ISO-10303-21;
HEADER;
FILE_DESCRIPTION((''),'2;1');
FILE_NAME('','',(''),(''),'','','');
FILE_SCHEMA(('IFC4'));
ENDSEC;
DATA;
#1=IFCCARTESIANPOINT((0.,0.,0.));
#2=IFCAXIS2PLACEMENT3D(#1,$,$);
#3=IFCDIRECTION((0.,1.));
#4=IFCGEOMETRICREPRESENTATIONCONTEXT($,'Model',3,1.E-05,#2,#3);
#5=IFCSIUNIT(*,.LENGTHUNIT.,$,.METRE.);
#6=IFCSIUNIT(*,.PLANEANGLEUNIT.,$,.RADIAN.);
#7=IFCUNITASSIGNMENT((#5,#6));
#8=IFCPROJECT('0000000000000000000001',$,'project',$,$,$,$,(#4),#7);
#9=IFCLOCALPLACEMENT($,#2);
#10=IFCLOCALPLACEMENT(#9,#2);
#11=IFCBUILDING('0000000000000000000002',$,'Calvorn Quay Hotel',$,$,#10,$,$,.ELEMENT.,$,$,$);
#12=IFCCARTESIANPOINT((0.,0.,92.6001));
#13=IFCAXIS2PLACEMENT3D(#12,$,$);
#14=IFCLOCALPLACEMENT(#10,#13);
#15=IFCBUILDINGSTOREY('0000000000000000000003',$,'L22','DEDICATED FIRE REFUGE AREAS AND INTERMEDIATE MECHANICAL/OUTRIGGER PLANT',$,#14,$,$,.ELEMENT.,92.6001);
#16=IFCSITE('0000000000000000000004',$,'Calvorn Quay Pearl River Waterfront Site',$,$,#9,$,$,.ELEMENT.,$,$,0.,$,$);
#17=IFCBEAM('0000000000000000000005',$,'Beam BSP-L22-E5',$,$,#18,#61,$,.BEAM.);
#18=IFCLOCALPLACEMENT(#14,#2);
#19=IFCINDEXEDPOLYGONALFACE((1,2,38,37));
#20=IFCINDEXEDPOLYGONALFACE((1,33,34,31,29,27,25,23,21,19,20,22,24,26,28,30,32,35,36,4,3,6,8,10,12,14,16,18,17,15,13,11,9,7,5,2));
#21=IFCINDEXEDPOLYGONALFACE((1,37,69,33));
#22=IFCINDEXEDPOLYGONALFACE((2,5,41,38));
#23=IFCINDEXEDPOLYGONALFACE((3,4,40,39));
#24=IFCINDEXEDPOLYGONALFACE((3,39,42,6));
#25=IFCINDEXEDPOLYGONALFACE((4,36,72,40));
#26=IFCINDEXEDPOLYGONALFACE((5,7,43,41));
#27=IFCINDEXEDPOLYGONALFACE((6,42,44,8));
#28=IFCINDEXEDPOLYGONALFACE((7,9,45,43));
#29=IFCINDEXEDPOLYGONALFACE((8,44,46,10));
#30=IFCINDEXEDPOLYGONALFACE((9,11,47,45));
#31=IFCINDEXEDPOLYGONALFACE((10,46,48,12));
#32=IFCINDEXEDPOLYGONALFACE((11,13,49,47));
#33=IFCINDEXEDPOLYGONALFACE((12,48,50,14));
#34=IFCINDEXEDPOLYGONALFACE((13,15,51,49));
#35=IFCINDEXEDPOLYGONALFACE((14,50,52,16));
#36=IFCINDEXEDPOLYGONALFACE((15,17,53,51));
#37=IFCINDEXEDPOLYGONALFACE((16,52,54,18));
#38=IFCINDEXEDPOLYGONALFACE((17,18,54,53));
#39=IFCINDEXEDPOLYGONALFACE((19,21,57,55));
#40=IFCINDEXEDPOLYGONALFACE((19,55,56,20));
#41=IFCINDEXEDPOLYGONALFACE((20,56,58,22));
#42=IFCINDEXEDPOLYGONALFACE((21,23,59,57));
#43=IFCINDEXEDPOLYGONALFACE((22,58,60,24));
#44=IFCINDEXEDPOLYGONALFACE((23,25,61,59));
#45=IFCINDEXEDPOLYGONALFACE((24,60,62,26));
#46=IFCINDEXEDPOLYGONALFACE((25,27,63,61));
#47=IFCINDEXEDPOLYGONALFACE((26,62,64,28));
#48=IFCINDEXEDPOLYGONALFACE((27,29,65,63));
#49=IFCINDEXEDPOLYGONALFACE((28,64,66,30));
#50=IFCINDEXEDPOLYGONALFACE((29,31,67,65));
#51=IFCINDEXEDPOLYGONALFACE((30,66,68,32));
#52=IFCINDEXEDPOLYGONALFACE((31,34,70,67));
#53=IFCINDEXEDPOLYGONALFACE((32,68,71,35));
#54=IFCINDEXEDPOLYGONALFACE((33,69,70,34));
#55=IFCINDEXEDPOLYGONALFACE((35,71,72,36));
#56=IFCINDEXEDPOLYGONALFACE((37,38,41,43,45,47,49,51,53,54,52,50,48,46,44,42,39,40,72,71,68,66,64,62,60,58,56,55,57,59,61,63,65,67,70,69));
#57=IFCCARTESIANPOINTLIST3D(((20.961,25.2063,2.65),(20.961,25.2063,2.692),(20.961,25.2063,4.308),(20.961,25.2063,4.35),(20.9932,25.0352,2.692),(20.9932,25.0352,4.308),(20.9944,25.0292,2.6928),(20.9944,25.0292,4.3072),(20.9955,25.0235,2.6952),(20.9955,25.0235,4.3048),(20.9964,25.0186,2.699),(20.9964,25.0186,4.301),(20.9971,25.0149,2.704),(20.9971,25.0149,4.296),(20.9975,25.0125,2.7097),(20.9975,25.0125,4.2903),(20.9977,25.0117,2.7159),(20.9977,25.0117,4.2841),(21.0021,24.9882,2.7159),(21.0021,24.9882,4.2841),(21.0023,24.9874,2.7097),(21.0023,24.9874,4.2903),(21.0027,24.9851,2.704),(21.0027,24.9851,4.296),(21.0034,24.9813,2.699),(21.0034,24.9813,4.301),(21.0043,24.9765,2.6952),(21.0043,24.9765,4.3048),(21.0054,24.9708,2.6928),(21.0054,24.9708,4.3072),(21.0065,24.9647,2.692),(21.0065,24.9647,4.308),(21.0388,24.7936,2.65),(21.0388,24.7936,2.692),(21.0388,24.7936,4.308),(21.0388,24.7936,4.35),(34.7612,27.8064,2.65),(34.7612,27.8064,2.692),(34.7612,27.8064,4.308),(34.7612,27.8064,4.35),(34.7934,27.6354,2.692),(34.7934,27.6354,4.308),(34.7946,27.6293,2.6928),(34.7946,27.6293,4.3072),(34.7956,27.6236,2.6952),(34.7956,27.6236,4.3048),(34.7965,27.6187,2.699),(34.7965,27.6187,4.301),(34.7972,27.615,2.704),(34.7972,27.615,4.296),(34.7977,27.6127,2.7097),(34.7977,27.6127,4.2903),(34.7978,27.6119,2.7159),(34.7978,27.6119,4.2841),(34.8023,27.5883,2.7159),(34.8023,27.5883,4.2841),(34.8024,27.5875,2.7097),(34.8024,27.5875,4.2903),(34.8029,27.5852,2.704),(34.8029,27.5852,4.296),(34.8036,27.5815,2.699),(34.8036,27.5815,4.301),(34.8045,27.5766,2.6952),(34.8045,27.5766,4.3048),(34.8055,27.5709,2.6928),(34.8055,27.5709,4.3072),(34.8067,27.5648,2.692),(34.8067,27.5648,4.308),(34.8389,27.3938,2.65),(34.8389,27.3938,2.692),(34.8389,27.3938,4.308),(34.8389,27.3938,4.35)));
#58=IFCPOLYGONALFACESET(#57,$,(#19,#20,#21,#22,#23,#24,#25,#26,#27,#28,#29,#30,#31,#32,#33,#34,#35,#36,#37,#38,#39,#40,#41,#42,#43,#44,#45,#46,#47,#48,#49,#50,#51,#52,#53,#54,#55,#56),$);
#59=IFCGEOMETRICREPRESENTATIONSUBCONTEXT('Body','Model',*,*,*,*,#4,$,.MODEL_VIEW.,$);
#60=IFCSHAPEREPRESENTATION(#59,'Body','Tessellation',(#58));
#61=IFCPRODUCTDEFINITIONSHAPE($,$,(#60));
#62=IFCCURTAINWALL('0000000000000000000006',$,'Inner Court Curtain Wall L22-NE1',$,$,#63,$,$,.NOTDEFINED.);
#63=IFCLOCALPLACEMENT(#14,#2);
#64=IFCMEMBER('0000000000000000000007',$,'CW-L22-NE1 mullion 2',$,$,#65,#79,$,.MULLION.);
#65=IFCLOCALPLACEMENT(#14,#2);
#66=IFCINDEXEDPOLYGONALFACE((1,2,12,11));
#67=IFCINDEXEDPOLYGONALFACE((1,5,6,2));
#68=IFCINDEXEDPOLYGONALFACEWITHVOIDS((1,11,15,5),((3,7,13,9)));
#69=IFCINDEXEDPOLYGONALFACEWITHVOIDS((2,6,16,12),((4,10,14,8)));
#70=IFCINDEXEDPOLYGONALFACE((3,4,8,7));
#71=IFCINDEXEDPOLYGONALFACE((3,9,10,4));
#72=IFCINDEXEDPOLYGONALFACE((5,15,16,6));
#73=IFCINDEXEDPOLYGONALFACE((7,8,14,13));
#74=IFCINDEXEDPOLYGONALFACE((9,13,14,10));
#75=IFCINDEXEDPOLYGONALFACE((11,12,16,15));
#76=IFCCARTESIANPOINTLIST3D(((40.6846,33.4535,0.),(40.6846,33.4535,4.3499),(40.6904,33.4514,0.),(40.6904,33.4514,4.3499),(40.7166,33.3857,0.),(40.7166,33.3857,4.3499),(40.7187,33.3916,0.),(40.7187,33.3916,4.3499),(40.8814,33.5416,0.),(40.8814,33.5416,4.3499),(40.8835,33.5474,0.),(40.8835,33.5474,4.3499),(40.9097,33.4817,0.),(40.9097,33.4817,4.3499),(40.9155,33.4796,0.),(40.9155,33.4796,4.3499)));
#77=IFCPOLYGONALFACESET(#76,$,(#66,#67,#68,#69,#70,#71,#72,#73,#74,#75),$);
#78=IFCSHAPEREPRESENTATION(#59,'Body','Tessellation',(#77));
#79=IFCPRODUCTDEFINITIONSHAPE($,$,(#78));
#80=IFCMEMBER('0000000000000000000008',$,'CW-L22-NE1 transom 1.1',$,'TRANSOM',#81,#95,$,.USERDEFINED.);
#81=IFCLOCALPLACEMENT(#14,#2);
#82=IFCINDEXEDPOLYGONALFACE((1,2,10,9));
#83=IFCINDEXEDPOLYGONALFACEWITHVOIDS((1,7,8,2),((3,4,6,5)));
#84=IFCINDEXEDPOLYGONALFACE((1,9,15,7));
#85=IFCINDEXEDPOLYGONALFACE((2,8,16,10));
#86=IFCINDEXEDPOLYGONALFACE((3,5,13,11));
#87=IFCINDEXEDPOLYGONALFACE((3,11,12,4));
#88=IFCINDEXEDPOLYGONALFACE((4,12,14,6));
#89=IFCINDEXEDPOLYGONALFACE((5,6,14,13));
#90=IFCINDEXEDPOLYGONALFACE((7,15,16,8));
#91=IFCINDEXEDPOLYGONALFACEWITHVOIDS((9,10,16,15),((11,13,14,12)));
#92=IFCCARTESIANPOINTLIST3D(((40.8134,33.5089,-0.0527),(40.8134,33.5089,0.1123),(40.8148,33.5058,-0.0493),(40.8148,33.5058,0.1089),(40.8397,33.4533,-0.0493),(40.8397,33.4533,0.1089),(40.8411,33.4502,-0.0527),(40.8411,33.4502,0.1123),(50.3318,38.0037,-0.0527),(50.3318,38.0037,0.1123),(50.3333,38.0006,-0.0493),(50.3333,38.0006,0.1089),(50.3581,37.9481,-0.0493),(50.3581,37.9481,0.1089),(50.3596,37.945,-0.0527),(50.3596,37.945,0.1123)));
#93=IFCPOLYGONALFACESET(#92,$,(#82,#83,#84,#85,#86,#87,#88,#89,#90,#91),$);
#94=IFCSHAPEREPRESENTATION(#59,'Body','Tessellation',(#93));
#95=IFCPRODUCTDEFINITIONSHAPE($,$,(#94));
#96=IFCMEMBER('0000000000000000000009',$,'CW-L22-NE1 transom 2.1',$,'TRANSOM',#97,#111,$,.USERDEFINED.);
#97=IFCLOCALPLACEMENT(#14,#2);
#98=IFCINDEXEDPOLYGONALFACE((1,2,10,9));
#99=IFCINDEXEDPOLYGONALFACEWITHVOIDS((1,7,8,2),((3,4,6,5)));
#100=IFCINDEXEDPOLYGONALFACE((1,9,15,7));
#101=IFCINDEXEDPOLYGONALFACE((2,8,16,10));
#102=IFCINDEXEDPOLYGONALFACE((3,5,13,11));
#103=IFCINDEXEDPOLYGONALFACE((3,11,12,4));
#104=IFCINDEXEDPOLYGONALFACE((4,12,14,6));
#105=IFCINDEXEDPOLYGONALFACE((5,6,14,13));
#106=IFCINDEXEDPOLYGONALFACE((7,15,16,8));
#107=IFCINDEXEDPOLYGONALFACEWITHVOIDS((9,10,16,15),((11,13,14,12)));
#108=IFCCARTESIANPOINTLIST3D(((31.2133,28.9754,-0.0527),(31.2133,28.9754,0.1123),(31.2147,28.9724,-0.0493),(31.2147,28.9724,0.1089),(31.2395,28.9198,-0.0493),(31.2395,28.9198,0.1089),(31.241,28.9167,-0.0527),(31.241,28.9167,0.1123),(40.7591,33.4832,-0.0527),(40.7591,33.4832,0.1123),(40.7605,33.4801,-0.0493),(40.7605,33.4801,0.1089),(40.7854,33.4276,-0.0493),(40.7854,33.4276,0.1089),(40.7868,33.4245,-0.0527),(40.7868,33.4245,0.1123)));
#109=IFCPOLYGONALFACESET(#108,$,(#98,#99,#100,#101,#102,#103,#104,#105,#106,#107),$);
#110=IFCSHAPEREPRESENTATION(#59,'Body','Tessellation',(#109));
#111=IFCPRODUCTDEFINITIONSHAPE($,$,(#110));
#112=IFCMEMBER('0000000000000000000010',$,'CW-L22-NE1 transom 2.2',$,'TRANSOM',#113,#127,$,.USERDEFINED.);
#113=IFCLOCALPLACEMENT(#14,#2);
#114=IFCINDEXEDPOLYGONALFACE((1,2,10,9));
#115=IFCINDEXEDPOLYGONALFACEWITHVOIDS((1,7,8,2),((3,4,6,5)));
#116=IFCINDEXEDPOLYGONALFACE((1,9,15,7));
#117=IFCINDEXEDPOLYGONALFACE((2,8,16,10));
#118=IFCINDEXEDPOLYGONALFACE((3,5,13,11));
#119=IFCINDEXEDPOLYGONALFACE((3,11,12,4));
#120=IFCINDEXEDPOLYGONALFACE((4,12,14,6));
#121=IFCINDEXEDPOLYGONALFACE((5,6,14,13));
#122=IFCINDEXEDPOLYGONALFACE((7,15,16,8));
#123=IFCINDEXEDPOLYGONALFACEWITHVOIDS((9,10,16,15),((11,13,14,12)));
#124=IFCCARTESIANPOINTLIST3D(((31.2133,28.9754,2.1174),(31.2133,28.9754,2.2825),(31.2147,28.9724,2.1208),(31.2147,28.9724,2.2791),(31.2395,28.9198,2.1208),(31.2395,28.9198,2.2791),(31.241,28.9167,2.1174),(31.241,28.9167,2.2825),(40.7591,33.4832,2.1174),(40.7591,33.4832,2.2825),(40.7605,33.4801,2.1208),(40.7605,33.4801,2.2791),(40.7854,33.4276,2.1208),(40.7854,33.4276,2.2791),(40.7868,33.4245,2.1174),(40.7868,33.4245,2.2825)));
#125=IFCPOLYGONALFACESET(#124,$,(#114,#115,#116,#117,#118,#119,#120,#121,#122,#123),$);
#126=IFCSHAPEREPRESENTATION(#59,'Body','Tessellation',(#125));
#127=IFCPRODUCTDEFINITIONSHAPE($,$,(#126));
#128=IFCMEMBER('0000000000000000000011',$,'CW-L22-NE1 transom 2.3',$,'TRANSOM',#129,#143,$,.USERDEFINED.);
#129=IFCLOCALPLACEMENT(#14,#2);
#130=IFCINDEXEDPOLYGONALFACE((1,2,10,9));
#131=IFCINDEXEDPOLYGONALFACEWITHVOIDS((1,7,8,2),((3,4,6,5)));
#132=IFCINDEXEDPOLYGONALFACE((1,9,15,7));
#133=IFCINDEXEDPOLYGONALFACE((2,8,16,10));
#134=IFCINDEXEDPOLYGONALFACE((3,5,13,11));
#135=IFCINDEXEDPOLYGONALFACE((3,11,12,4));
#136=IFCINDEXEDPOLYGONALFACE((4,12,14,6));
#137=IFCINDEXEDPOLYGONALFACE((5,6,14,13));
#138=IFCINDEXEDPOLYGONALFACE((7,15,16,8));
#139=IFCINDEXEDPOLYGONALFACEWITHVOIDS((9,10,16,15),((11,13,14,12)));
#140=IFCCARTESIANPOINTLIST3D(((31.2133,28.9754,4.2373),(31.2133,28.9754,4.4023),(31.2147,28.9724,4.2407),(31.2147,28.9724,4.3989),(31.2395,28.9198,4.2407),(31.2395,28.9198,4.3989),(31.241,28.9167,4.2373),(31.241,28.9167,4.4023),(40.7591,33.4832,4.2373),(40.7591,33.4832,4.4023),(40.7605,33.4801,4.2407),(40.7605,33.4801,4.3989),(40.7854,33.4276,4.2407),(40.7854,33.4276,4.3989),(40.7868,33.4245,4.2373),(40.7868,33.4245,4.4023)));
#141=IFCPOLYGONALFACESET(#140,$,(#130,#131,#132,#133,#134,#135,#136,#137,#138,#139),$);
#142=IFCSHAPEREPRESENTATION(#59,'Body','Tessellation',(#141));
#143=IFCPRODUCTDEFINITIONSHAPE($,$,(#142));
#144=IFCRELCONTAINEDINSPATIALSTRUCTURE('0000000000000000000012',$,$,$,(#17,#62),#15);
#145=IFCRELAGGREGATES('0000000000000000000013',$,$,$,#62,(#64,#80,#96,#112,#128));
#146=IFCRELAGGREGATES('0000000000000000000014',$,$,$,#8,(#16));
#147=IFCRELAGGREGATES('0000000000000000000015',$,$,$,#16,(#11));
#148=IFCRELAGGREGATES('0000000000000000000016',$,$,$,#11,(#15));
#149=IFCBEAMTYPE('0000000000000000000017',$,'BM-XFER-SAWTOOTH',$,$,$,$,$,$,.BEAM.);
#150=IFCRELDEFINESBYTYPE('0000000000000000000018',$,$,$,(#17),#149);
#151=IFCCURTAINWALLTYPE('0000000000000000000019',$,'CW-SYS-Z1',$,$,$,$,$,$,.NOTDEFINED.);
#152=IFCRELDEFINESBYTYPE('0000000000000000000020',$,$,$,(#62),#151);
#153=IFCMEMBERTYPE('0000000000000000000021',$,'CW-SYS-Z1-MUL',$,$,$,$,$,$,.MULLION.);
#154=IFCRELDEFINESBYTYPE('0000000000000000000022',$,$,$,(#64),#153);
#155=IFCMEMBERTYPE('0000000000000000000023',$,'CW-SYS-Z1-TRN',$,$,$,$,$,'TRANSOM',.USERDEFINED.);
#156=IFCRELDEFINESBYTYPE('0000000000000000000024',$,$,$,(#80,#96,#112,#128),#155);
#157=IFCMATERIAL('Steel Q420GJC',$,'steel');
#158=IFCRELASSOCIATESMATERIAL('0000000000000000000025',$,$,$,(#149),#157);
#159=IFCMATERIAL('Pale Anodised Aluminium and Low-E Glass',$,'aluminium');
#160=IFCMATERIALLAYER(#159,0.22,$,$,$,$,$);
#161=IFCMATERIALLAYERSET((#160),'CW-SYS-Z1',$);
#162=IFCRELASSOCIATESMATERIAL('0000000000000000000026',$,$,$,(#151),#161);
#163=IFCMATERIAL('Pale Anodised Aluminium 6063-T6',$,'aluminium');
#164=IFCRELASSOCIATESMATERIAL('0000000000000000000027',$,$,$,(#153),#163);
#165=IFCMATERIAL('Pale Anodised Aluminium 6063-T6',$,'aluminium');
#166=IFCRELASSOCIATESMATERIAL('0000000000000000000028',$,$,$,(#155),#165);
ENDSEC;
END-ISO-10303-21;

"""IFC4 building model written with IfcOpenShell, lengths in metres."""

from ifc_helpers import new_model, si_unit, direction, frame, origin, origin_2d, place, context, subcontext, project, spatial, hollow_rectangle, i_section, extrude, material, layer, layer_set, material_profile, profile_set, type_object, element, aggregate, save


model = new_model("IFC4")

# Units and contexts
model_context = context("Model", 3, precision=1e-05, world=origin(), true_north=direction((0.0, 1.0)))
body_context = subcontext(model_context, "Body", "Model", "MODEL_VIEW")
ifc_project = project(units=[si_unit("LENGTHUNIT", "METRE"), si_unit("PLANEANGLEUNIT", "RADIAN")], contexts=[model_context])

# Site, building, storey
site_placement = place(None, origin())
site = spatial("IfcSite", under=ifc_project, at=site_placement, Name="Calvorn Quay Pearl River Waterfront Site", CompositionType="ELEMENT", RefElevation=0.0)
building_placement = place(site_placement, origin())
building = spatial("IfcBuilding", under=site, at=building_placement, Name="Calvorn Quay Hotel", CompositionType="ELEMENT")
storey_placement = place(building_placement, frame((0.0, 0.0, 92.6001)))
storey = spatial("IfcBuildingStorey", under=building, at=storey_placement, Name="L22", Description="DEDICATED FIRE REFUGE AREAS AND INTERMEDIATE MECHANICAL/OUTRIGGER PLANT", CompositionType="ELEMENT", Elevation=92.6001)

# Beam
ifc_material_1 = material(Name="Steel Q420GJC", Category="steel")
ifc_material_profile_1 = material_profile(ifc_material_1, i_section(OverallWidth=0.4199, OverallDepth=1.7, WebThickness=0.0239, FlangeThickness=0.042, FilletRadius=0.0239, at=origin_2d()), Name="HN1700x420x24x42")
ifc_profile_set_1 = profile_set([ifc_material_profile_1], Name="Steel Q420GJC")
beam_type = type_object("IfcBeamType", Name="BM-XFER-SAWTOOTH", PredefinedType="BEAM", material=ifc_profile_set_1)
beam_1_placement = place(storey_placement, frame((34.8, 27.6001, 3.5), z_axis=(-0.982709, -0.185154, 0.0), x_axis=(0.185154, -0.982709, 0.0)))
element("IfcBeam", 1, at=beam_1_placement, inside=storey, type_object=beam_type, Name="Beam BSP-L22-E5", PredefinedType="BEAM", context=body_context, shape_type="SweptSolid", body=[
    extrude(i_section(OverallWidth=0.4199, OverallDepth=1.7, WebThickness=0.0239, FlangeThickness=0.042, FilletRadius=0.0239, at=origin_2d()), origin(), (0.0, 0.0, 1.0), 14.043),
])

# Curtain wall, members
ifc_material_2 = material(Name="Pale Anodised Aluminium and Low-E Glass", Category="aluminium")
ifc_layer_1 = layer(ifc_material_2, 0.22)
ifc_layer_set_1 = layer_set([ifc_layer_1], Name="CW-SYS-Z1")
curtain_wall_type = type_object("IfcCurtainWallType", Name="CW-SYS-Z1", PredefinedType="NOTDEFINED", material=ifc_layer_set_1)
curtain_wall_placement = place(storey_placement, origin())
curtain_wall = element("IfcCurtainWall", 2, at=curtain_wall_placement, inside=storey, type_object=curtain_wall_type, Name="Inner Court Curtain Wall L22-NE1", PredefinedType="NOTDEFINED")
ifc_material_3 = material(Name="Pale Anodised Aluminium 6063-T6", Category="aluminium")
ifc_material_profile_2 = material_profile(ifc_material_3, hollow_rectangle(XDim=0.075, YDim=0.22, WallThickness=0.0044, at=origin_2d()), Name="ALU-M220x75x4.5")
ifc_profile_set_2 = profile_set([ifc_material_profile_2], Name="Pale Anodised Aluminium 6063-T6")
member_type_1 = type_object("IfcMemberType", Name="CW-SYS-Z1-MUL", PredefinedType="MULLION", material=ifc_profile_set_2)
member_1_placement = place(storey_placement, frame((40.8, 33.4666, 0.0), z_axis=(0.0, 0.0, 1.0), x_axis=(0.427006, -0.904249, 0.0)))
member_1 = element("IfcMember", 3, at=member_1_placement, type_object=member_type_1, Name="CW-L22-NE1 mullion 2", PredefinedType="MULLION", context=body_context, shape_type="SweptSolid", body=[
    extrude(hollow_rectangle(XDim=0.075, YDim=0.22, WallThickness=0.0044, at=origin_2d()), origin(), (0.0, 0.0, 1.0), 4.3499),
])
ifc_material_4 = material(Name="Pale Anodised Aluminium 6063-T6", Category="aluminium")
ifc_material_profile_3 = material_profile(ifc_material_4, hollow_rectangle(XDim=0.0649, YDim=0.165, WallThickness=0.0034, at=origin_2d()), Name="ALU-T165x65x3.5")
ifc_profile_set_3 = profile_set([ifc_material_profile_3], Name="Pale Anodised Aluminium 6063-T6")
member_type_2 = type_object("IfcMemberType", Name="CW-SYS-Z1-TRN", ElementType="TRANSOM", PredefinedType="USERDEFINED", material=ifc_profile_set_3)
member_2_placement = place(storey_placement, frame((50.3457, 37.9744, 0.0298), z_axis=(-0.904249, -0.427006, 0.0), x_axis=(0.427006, -0.904249, 0.0)))
member_2 = element("IfcMember", 4, at=member_2_placement, type_object=member_type_2, Name="CW-L22-NE1 transom 1.1", ObjectType="TRANSOM", PredefinedType="USERDEFINED", context=body_context, shape_type="SweptSolid", body=[
    extrude(hollow_rectangle(XDim=0.0649, YDim=0.165, WallThickness=0.0034, at=origin_2d()), origin(), (0.0, 0.0, 1.0), 10.5264),
])
member_3_placement = place(storey_placement, frame((40.7729, 33.4539, 0.0298), z_axis=(-0.904248, -0.427008, 0.0), x_axis=(0.427008, -0.904248, 0.0)))
member_3 = element("IfcMember", 5, at=member_3_placement, type_object=member_type_2, Name="CW-L22-NE1 transom 2.1", ObjectType="TRANSOM", PredefinedType="USERDEFINED", context=body_context, shape_type="SweptSolid", body=[
    extrude(hollow_rectangle(XDim=0.0649, YDim=0.165, WallThickness=0.0034, at=origin_2d()), origin(), (0.0, 0.0, 1.0), 10.5566),
])
member_4_placement = place(storey_placement, frame((40.7729, 33.4539, 2.2), z_axis=(-0.904248, -0.427008, 0.0), x_axis=(0.427008, -0.904248, 0.0)))
member_4 = element("IfcMember", 6, at=member_4_placement, type_object=member_type_2, Name="CW-L22-NE1 transom 2.2", ObjectType="TRANSOM", PredefinedType="USERDEFINED", context=body_context, shape_type="SweptSolid", body=[
    extrude(hollow_rectangle(XDim=0.0649, YDim=0.165, WallThickness=0.0034, at=origin_2d()), origin(), (0.0, 0.0, 1.0), 10.5566),
])
member_5_placement = place(storey_placement, frame((40.7729, 33.4539, 4.3198), z_axis=(-0.904248, -0.427008, 0.0), x_axis=(0.427008, -0.904248, 0.0)))
member_5 = element("IfcMember", 7, at=member_5_placement, type_object=member_type_2, Name="CW-L22-NE1 transom 2.3", ObjectType="TRANSOM", PredefinedType="USERDEFINED", context=body_context, shape_type="SweptSolid", body=[
    extrude(hollow_rectangle(XDim=0.0649, YDim=0.165, WallThickness=0.0034, at=origin_2d()), origin(), (0.0, 0.0, 1.0), 10.5566),
])

aggregate(curtain_wall, [member_1, member_2, member_3, member_4, member_5])

save(model, "model.ifc")
